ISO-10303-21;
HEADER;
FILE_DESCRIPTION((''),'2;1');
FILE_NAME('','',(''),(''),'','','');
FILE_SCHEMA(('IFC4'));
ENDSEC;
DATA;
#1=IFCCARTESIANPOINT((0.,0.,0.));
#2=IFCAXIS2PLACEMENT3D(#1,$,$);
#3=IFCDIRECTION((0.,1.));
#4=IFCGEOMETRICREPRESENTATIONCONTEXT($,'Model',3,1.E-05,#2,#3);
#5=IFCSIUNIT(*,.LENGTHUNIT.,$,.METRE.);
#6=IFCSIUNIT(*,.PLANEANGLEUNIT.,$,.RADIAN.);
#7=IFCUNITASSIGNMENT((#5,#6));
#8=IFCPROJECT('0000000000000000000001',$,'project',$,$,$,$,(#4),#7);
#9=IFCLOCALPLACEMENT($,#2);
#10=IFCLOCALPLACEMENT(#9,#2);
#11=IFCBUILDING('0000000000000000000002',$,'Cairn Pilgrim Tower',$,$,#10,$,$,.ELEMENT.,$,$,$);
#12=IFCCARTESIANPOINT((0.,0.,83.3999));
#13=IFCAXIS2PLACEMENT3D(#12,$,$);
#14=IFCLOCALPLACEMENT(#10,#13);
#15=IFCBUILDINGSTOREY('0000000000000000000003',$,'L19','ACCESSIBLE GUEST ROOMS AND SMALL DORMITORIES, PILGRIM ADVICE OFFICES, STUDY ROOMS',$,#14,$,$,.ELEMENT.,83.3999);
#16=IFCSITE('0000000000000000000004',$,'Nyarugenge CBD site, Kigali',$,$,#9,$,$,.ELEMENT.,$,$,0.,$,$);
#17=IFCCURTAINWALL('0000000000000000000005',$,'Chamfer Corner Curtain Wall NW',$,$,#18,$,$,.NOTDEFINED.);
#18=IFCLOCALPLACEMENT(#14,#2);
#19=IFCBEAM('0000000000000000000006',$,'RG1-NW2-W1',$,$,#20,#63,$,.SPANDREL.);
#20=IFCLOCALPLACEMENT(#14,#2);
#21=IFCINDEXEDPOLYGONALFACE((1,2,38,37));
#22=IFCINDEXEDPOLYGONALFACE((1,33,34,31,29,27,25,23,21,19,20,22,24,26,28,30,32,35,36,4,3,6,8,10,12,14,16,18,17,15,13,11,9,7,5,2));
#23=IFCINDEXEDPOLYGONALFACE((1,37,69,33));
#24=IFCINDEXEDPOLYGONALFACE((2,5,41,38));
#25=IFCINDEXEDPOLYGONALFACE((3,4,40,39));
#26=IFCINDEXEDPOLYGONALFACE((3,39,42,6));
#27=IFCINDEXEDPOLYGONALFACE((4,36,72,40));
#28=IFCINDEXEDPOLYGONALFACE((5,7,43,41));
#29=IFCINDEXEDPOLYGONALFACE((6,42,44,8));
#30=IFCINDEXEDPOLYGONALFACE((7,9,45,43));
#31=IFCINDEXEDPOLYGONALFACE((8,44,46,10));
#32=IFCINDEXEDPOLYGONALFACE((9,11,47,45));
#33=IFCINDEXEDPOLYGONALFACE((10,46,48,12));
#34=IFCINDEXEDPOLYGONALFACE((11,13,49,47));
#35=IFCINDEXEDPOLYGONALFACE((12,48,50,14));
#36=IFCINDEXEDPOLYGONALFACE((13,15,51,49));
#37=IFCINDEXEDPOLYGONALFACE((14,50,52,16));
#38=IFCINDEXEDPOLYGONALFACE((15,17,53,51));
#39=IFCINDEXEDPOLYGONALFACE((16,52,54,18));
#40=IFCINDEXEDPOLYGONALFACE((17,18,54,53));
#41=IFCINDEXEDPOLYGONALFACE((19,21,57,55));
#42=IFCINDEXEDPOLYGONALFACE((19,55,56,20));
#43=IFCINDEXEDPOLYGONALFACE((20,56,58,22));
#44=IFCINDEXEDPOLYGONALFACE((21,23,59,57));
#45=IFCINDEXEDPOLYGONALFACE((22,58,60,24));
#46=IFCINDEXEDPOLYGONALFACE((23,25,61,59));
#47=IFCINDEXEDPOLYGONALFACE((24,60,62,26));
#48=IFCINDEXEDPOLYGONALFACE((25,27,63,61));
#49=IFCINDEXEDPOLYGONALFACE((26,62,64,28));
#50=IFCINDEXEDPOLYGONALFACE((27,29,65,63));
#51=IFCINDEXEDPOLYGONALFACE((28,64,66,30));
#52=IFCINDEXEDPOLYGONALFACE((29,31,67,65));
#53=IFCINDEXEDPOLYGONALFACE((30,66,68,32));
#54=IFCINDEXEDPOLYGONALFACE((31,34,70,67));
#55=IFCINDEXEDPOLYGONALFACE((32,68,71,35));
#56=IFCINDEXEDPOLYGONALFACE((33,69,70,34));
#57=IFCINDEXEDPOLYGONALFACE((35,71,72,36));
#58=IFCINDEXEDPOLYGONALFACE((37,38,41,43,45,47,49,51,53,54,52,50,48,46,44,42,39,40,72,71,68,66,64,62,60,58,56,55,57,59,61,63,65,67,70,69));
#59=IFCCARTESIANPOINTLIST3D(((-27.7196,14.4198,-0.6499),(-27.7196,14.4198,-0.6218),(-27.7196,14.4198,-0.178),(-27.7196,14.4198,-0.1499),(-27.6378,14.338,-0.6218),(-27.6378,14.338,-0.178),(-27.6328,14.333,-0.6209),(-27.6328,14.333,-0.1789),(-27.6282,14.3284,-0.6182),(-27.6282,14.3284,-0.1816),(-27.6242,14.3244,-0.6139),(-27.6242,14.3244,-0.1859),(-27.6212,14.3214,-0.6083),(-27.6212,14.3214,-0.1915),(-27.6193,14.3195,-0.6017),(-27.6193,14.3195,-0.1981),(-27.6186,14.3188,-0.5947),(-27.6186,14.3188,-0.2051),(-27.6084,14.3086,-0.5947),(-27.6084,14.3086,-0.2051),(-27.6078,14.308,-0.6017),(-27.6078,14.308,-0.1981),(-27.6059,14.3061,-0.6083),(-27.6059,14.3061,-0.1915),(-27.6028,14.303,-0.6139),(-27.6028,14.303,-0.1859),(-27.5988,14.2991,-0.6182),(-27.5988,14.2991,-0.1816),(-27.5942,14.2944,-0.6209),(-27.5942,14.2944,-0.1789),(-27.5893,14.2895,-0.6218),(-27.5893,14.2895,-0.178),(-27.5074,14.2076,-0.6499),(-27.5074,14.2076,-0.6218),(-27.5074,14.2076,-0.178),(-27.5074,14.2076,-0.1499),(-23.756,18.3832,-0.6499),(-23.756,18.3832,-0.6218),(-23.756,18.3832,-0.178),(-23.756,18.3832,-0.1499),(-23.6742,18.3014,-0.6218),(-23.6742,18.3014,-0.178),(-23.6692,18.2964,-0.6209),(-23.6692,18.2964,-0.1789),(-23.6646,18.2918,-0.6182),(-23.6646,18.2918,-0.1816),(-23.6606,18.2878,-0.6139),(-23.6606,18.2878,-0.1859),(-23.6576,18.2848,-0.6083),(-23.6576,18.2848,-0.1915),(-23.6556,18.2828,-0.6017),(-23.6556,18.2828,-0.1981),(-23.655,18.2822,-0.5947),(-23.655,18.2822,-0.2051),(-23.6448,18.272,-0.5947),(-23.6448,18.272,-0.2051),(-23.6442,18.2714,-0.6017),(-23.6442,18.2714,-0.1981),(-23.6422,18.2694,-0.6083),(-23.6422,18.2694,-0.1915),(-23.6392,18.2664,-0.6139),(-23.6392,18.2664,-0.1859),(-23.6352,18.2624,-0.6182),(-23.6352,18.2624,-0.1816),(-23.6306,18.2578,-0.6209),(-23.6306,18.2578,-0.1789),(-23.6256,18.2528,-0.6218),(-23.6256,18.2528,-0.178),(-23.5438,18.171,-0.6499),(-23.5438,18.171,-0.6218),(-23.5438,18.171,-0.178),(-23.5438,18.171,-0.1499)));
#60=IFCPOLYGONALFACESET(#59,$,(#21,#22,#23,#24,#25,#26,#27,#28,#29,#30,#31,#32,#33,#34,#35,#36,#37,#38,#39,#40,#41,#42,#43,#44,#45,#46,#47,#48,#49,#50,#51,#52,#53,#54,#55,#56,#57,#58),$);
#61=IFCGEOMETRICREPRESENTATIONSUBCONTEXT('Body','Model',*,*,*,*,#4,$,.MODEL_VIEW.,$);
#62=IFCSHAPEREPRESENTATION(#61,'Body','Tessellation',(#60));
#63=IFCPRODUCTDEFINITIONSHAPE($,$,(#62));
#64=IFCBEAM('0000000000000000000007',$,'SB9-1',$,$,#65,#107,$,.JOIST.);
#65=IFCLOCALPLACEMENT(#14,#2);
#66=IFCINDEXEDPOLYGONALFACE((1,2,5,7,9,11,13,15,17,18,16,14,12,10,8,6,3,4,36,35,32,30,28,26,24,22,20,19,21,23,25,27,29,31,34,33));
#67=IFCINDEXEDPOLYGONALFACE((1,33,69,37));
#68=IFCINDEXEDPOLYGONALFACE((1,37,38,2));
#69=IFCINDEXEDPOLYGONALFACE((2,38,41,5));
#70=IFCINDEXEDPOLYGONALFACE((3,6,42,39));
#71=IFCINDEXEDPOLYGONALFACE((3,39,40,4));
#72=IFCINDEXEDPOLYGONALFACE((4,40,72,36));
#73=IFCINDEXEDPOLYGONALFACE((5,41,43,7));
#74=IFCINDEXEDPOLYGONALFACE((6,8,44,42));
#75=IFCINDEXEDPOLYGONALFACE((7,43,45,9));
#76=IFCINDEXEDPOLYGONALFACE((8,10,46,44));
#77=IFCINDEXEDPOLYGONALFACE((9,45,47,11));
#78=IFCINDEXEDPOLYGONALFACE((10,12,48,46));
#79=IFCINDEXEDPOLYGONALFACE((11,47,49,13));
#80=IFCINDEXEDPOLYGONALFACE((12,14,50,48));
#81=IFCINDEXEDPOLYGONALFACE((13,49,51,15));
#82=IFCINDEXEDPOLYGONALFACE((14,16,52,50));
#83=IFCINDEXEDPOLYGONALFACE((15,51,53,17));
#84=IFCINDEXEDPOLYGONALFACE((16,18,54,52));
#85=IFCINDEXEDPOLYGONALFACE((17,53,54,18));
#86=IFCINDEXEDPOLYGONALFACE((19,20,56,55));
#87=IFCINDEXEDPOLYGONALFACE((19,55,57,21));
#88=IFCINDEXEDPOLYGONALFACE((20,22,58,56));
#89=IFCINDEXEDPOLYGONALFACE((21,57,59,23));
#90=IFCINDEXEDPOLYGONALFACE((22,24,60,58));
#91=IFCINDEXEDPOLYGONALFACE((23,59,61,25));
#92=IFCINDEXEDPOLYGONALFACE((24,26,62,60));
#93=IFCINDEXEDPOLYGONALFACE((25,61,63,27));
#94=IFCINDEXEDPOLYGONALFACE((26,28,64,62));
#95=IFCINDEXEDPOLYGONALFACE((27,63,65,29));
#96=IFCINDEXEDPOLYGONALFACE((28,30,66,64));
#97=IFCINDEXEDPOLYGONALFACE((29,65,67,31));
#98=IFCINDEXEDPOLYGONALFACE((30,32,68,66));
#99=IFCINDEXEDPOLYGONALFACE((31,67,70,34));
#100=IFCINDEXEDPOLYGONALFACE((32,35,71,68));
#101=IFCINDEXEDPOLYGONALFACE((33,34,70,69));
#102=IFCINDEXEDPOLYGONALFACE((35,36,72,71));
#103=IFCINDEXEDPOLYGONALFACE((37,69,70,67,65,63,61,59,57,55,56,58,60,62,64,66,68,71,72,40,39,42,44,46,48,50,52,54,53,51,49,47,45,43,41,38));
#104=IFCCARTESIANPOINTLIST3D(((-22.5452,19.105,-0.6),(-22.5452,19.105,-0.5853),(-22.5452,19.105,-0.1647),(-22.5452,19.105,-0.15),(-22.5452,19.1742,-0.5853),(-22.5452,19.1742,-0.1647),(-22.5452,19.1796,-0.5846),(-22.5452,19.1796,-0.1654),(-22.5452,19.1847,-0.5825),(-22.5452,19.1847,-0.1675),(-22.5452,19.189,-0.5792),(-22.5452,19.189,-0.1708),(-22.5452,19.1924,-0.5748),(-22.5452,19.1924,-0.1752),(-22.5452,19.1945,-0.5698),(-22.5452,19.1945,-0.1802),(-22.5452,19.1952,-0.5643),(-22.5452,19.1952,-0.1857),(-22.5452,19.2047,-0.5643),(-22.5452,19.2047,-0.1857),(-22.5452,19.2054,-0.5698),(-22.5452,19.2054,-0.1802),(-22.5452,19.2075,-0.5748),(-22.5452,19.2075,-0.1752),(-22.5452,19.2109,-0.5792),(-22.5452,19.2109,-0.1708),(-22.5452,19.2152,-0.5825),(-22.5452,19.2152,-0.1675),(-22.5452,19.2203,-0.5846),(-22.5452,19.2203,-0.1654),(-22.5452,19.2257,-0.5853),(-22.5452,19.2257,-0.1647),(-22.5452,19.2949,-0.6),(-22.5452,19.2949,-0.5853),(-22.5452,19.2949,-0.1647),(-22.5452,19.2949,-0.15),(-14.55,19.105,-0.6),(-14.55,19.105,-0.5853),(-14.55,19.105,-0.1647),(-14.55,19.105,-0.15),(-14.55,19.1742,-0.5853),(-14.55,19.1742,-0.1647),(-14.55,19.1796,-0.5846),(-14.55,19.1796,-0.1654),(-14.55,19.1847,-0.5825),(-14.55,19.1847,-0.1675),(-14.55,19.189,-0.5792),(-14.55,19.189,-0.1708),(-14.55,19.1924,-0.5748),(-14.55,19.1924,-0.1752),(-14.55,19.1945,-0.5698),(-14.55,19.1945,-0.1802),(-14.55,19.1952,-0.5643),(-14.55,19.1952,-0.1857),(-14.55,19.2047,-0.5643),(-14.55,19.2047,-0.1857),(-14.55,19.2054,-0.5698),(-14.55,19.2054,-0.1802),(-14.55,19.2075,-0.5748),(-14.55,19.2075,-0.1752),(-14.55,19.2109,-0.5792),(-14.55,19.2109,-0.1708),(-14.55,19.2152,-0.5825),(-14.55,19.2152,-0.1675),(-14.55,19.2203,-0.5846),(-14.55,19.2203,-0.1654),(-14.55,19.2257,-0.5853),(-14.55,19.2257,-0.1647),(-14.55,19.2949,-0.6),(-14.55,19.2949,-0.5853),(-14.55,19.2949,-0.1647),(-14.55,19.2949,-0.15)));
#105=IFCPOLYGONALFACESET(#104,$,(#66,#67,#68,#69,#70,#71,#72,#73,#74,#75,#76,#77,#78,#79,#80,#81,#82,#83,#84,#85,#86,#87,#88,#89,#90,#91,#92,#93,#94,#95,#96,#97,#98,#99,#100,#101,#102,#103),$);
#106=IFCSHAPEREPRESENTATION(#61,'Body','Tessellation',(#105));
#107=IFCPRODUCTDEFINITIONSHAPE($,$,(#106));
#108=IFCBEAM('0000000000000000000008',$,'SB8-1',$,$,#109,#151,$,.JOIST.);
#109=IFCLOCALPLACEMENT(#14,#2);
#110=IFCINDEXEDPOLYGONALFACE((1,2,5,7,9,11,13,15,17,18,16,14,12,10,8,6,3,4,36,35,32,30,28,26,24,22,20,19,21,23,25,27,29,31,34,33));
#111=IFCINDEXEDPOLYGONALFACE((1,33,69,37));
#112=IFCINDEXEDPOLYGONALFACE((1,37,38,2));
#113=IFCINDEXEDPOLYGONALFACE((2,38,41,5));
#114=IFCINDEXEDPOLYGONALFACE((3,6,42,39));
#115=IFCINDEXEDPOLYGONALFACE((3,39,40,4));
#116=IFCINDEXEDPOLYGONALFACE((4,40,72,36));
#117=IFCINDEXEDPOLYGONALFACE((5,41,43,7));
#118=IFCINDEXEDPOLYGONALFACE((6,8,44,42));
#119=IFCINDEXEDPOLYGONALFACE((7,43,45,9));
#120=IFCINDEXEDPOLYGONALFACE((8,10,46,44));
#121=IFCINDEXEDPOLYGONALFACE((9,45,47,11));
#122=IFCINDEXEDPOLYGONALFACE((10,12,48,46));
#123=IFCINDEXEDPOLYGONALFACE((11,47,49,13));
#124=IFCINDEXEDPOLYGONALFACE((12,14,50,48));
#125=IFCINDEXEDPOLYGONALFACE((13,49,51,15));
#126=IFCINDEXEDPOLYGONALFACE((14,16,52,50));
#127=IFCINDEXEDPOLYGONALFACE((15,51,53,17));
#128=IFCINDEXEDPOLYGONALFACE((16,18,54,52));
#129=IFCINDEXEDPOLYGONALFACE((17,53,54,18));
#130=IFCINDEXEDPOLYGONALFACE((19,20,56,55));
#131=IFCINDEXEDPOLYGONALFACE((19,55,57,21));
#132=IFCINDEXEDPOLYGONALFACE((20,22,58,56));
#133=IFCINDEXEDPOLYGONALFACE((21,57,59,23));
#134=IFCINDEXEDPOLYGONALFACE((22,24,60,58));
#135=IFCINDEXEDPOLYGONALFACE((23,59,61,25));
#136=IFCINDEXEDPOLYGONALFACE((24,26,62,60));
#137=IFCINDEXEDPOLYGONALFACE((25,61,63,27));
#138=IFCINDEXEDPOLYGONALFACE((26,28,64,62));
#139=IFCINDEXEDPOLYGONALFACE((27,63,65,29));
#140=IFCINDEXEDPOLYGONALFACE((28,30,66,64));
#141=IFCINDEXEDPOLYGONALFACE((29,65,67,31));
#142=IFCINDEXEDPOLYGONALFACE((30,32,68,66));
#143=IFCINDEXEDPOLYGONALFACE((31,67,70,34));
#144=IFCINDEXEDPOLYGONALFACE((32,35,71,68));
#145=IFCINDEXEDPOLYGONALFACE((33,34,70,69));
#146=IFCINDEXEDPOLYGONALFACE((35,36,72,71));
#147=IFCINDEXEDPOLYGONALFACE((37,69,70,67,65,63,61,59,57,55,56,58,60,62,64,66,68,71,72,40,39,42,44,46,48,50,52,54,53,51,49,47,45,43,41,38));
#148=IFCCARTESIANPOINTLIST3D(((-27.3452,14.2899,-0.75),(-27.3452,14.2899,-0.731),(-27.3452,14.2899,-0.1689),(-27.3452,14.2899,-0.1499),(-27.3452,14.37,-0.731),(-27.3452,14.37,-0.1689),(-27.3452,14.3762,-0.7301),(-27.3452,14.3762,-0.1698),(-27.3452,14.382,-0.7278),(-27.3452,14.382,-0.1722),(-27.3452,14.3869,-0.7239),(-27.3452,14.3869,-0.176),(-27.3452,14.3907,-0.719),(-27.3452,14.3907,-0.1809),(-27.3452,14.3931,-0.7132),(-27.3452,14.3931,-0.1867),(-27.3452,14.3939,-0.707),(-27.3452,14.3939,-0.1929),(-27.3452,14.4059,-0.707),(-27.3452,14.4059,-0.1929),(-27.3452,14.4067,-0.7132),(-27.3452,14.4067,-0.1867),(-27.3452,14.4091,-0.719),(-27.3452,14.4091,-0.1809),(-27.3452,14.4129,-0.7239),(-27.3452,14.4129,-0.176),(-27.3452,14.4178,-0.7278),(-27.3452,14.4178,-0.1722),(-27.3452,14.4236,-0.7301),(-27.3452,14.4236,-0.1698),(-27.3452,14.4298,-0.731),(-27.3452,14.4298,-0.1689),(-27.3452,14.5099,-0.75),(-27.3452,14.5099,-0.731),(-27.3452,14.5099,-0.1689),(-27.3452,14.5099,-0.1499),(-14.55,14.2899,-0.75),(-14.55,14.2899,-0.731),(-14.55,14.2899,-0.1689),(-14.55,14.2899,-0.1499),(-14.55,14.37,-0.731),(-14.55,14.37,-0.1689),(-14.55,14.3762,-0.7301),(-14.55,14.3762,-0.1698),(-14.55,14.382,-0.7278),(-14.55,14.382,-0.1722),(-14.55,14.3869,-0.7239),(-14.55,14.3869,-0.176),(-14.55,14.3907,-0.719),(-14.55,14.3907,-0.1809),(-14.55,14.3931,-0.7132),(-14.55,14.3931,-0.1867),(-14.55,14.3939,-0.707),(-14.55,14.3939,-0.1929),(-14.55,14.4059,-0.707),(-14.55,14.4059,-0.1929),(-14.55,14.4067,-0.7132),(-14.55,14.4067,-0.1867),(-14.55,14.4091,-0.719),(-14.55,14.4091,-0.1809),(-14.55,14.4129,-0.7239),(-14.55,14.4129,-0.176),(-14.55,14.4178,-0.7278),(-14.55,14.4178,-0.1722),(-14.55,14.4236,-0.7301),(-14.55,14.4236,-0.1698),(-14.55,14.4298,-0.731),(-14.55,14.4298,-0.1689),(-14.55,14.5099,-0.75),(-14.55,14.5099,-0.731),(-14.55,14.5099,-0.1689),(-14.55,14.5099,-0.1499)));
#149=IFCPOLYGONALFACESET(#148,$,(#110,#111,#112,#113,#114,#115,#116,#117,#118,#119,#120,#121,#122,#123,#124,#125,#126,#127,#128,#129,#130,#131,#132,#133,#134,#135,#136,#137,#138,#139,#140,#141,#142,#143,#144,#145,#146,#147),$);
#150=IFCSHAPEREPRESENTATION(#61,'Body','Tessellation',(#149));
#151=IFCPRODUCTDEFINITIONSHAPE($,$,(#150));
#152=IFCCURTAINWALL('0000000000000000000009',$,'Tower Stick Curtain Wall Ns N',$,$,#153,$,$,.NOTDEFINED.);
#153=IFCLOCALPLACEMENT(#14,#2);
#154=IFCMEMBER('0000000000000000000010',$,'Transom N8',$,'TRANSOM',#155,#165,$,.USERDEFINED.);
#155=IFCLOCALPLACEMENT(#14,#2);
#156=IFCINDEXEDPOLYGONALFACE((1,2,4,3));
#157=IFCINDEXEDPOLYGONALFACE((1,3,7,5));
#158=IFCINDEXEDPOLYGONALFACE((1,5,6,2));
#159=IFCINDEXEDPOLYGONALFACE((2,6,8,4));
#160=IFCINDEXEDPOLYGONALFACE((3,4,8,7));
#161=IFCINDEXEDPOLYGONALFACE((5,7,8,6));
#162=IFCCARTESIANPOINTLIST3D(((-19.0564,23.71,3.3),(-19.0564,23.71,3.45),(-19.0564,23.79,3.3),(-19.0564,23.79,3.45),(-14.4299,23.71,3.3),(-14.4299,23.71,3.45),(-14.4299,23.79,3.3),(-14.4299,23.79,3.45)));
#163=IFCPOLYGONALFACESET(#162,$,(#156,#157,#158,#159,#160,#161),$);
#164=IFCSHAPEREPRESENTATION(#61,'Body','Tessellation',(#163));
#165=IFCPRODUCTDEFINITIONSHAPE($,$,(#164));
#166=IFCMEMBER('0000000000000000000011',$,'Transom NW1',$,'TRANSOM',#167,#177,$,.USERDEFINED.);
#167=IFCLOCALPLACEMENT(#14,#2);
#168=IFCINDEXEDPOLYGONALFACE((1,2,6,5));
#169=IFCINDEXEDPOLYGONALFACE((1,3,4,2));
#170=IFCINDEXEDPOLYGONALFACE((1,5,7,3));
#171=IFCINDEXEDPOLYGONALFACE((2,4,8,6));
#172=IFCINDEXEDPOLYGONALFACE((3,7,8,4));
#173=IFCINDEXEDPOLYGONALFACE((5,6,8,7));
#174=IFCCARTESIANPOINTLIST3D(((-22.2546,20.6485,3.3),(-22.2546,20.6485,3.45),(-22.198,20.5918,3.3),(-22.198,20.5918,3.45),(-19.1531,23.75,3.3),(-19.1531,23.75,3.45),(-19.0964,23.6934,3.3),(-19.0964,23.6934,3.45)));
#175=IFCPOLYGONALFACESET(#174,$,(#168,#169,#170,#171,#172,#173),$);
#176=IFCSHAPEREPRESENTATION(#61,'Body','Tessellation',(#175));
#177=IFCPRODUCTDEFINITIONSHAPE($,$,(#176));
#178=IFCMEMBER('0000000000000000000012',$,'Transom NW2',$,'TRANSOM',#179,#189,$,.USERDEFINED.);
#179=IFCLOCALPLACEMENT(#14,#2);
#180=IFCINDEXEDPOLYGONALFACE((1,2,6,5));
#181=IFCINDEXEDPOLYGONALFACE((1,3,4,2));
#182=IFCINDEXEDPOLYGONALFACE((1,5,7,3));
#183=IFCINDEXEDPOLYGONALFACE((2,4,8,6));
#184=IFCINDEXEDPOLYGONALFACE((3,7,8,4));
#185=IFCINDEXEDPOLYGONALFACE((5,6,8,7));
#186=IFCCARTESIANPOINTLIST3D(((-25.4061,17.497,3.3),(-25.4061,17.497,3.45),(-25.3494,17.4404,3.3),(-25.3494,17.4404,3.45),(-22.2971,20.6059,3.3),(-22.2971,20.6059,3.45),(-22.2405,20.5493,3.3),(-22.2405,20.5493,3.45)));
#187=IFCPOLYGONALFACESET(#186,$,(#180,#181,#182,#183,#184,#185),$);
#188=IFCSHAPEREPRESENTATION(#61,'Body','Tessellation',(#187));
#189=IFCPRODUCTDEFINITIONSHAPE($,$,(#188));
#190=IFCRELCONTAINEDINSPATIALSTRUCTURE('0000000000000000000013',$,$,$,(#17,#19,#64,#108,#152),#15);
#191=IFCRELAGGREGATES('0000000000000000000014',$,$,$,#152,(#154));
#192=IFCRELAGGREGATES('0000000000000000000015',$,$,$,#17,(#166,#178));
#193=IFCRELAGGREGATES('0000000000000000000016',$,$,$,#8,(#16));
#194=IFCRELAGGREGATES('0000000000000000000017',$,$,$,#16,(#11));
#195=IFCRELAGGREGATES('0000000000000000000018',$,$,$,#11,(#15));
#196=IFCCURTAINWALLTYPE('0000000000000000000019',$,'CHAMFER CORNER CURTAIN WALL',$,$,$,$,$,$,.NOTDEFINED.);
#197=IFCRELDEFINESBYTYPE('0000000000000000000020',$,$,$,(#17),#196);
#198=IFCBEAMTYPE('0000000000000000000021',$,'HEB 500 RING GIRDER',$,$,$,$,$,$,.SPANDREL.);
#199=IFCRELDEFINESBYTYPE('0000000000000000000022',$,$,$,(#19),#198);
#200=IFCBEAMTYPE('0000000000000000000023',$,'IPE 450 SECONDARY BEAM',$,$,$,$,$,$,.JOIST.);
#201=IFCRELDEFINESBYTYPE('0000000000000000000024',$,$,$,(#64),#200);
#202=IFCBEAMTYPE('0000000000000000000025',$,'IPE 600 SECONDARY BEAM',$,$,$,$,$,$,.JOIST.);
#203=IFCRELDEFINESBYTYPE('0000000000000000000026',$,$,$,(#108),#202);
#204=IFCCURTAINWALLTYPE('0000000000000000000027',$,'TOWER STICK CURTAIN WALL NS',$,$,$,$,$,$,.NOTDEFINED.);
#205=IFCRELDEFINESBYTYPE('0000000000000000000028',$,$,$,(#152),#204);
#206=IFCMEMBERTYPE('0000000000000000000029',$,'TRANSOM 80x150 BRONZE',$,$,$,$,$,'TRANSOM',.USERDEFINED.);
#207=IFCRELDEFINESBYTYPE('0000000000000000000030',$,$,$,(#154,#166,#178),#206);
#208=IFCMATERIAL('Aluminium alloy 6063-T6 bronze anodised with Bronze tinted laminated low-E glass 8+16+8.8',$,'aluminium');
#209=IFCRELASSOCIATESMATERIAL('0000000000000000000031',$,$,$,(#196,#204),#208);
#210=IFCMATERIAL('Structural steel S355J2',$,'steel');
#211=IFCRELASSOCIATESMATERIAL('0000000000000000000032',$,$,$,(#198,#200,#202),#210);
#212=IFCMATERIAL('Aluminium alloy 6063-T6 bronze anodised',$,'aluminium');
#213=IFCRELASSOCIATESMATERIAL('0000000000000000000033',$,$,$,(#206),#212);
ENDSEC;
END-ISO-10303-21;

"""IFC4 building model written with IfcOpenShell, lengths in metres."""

from ifc_helpers import new_model, si_unit, direction, frame, origin, origin_2d, place, context, subcontext, project, spatial, rectangle, i_section, extrude, material, material_profile, profile_set, type_object, element, aggregate, save


model = new_model("IFC4")

# Units and contexts
model_context = context("Model", 3, precision=1e-05, world=origin(), true_north=direction((0.0, 1.0)))
body_context = subcontext(model_context, "Body", "Model", "MODEL_VIEW")
ifc_project = project(units=[si_unit("LENGTHUNIT", "METRE"), si_unit("PLANEANGLEUNIT", "RADIAN")], contexts=[model_context])

# Site, building, storey
site_placement = place(None, origin())
site = spatial("IfcSite", under=ifc_project, at=site_placement, Name="Nyarugenge CBD site, Kigali", CompositionType="ELEMENT", RefElevation=0.0)
building_placement = place(site_placement, origin())
building = spatial("IfcBuilding", under=site, at=building_placement, Name="Cairn Pilgrim Tower", CompositionType="ELEMENT")
storey_placement = place(building_placement, frame((0.0, 0.0, 83.3999)))
storey = spatial("IfcBuildingStorey", under=building, at=storey_placement, Name="L19", Description="ACCESSIBLE GUEST ROOMS AND SMALL DORMITORIES, PILGRIM ADVICE OFFICES, STUDY ROOMS", CompositionType="ELEMENT", Elevation=83.3999)

# Shared definitions
ifc_material_1 = material(Name="Structural steel S355J2", Category="steel")

# Curtain wall
ifc_material_2 = material(Name="Aluminium alloy 6063-T6 bronze anodised with Bronze tinted laminated low-E glass 8+16+8.8", Category="aluminium")
curtain_wall_type_1 = type_object("IfcCurtainWallType", Name="CHAMFER CORNER CURTAIN WALL", PredefinedType="NOTDEFINED", material=ifc_material_2)
curtain_wall_1_placement = place(storey_placement, origin())
curtain_wall_1 = element("IfcCurtainWall", 1, at=curtain_wall_1_placement, inside=storey, type_object=curtain_wall_type_1, Name="Chamfer Corner Curtain Wall NW", PredefinedType="NOTDEFINED")
ifc_material_3 = material(Name="Aluminium alloy 6063-T6 bronze anodised", Category="aluminium")

# Beams
ifc_material_profile_1 = material_profile(ifc_material_1, i_section(OverallWidth=0.3, OverallDepth=0.5, WebThickness=0.0144, FlangeThickness=0.0281, FilletRadius=0.0271, at=origin_2d()), Name="HEB 500")
ifc_profile_set_1 = profile_set([ifc_material_profile_1], Name="Structural steel S355J2")
beam_type_1 = type_object("IfcBeamType", Name="HEB 500 RING GIRDER", PredefinedType="SPANDREL", material=ifc_profile_set_1)
beam_1_placement = place(storey_placement, frame((-23.6499, 18.2771, -0.3999), z_axis=(-0.707129, -0.707085, 0.0), x_axis=(0.707085, -0.707129, 0.0)))
element("IfcBeam", 2, at=beam_1_placement, inside=storey, type_object=beam_type_1, Name="RG1-NW2-W1", PredefinedType="SPANDREL", context=body_context, shape_type="SweptSolid", body=[
    extrude(i_section(OverallWidth=0.3, OverallDepth=0.5, WebThickness=0.0144, FlangeThickness=0.0281, FilletRadius=0.0271, at=origin_2d()), origin(), (0.0, 0.0, 1.0), 5.6052),
])
ifc_material_profile_2 = material_profile(ifc_material_1, i_section(OverallWidth=0.1899, OverallDepth=0.45, WebThickness=0.0095, FlangeThickness=0.0146, FilletRadius=0.021, at=origin_2d()), Name="IPE 450")
ifc_profile_set_2 = profile_set([ifc_material_profile_2], Name="Structural steel S355J2")
beam_type_2 = type_object("IfcBeamType", Name="IPE 450 SECONDARY BEAM", PredefinedType="JOIST", material=ifc_profile_set_2)
beam_2_placement = place(storey_placement, frame((-22.5452, 19.2, -0.375), z_axis=(1.0, 0.0, 0.0), x_axis=(0.0, 1.0, 0.0)))
element("IfcBeam", 3, at=beam_2_placement, inside=storey, type_object=beam_type_2, Name="SB9-1", PredefinedType="JOIST", context=body_context, shape_type="SweptSolid", body=[
    extrude(i_section(OverallWidth=0.1899, OverallDepth=0.45, WebThickness=0.0095, FlangeThickness=0.0146, FilletRadius=0.021, at=origin_2d()), origin(), (0.0, 0.0, 1.0), 7.9951),
])
ifc_material_profile_3 = material_profile(ifc_material_1, i_section(OverallWidth=0.22, OverallDepth=0.6001, WebThickness=0.012, FlangeThickness=0.019, FilletRadius=0.0239, at=origin_2d()), Name="IPE 600")
ifc_profile_set_3 = profile_set([ifc_material_profile_3], Name="Structural steel S355J2")
beam_type_3 = type_object("IfcBeamType", Name="IPE 600 SECONDARY BEAM", PredefinedType="JOIST", material=ifc_profile_set_3)
beam_3_placement = place(storey_placement, frame((-27.3452, 14.3999, -0.45), z_axis=(1.0, 0.0, 0.0), x_axis=(0.0, 1.0, 0.0)))
element("IfcBeam", 4, at=beam_3_placement, inside=storey, type_object=beam_type_3, Name="SB8-1", PredefinedType="JOIST", context=body_context, shape_type="SweptSolid", body=[
    extrude(i_section(OverallWidth=0.22, OverallDepth=0.6001, WebThickness=0.012, FlangeThickness=0.019, FilletRadius=0.0239, at=origin_2d()), origin(), (0.0, 0.0, 1.0), 12.7952),
])

# Curtain wall, member
curtain_wall_type_2 = type_object("IfcCurtainWallType", Name="TOWER STICK CURTAIN WALL NS", PredefinedType="NOTDEFINED", material=ifc_material_2)
curtain_wall_2_placement = place(storey_placement, origin())
curtain_wall_2 = element("IfcCurtainWall", 5, at=curtain_wall_2_placement, inside=storey, type_object=curtain_wall_type_2, Name="Tower Stick Curtain Wall Ns N", PredefinedType="NOTDEFINED")
ifc_material_profile_4 = material_profile(ifc_material_3, rectangle(XDim=0.0801, YDim=0.1499, at=origin_2d()), Name="TRANSOM 80x150 BRONZE")
ifc_profile_set_4 = profile_set([ifc_material_profile_4], Name="Aluminium alloy 6063-T6 bronze anodised")
member_type_1 = type_object("IfcMemberType", Name="TRANSOM 80x150 BRONZE", ElementType="TRANSOM", PredefinedType="USERDEFINED", material=ifc_profile_set_4)
member_1_placement = place(storey_placement, frame((-14.4299, 23.75, 3.375), z_axis=(-1.0, 0.0, 0.0), x_axis=(0.0, -1.0, 0.0)))
member_1 = element("IfcMember", 6, at=member_1_placement, type_object=member_type_1, Name="Transom N8", ObjectType="TRANSOM", PredefinedType="USERDEFINED", context=body_context, shape_type="SweptSolid", body=[
    extrude(rectangle(XDim=0.0801, YDim=0.1499, at=origin_2d()), origin(), (0.0, 0.0, 1.0), 4.6265),
])

# Members
member_2_placement = place(storey_placement, frame((-19.1248, 23.7217, 3.375), z_axis=(-0.707107, -0.707107, 0.0), x_axis=(0.707107, -0.707107, 0.0)))
member_2 = element("IfcMember", 7, at=member_2_placement, type_object=member_type_1, Name="Transom NW1", ObjectType="TRANSOM", PredefinedType="USERDEFINED", context=body_context, shape_type="SweptSolid", body=[
    extrude(rectangle(XDim=0.0801, YDim=0.1499, at=origin_2d()), origin(), (0.0, 0.0, 1.0), 4.3862),
])
member_3_placement = place(storey_placement, frame((-22.2688, 20.5776, 3.375), z_axis=(-0.707107, -0.707107, 0.0), x_axis=(0.707107, -0.707107, 0.0)))
member_3 = element("IfcMember", 8, at=member_3_placement, type_object=member_type_1, Name="Transom NW2", ObjectType="TRANSOM", PredefinedType="USERDEFINED", context=body_context, shape_type="SweptSolid", body=[
    extrude(rectangle(XDim=0.0801, YDim=0.1499, at=origin_2d()), origin(), (0.0, 0.0, 1.0), 4.3967),
])

aggregate(curtain_wall_2, [member_1])
aggregate(curtain_wall_1, [member_2, member_3])

save(model, "model.ifc")
